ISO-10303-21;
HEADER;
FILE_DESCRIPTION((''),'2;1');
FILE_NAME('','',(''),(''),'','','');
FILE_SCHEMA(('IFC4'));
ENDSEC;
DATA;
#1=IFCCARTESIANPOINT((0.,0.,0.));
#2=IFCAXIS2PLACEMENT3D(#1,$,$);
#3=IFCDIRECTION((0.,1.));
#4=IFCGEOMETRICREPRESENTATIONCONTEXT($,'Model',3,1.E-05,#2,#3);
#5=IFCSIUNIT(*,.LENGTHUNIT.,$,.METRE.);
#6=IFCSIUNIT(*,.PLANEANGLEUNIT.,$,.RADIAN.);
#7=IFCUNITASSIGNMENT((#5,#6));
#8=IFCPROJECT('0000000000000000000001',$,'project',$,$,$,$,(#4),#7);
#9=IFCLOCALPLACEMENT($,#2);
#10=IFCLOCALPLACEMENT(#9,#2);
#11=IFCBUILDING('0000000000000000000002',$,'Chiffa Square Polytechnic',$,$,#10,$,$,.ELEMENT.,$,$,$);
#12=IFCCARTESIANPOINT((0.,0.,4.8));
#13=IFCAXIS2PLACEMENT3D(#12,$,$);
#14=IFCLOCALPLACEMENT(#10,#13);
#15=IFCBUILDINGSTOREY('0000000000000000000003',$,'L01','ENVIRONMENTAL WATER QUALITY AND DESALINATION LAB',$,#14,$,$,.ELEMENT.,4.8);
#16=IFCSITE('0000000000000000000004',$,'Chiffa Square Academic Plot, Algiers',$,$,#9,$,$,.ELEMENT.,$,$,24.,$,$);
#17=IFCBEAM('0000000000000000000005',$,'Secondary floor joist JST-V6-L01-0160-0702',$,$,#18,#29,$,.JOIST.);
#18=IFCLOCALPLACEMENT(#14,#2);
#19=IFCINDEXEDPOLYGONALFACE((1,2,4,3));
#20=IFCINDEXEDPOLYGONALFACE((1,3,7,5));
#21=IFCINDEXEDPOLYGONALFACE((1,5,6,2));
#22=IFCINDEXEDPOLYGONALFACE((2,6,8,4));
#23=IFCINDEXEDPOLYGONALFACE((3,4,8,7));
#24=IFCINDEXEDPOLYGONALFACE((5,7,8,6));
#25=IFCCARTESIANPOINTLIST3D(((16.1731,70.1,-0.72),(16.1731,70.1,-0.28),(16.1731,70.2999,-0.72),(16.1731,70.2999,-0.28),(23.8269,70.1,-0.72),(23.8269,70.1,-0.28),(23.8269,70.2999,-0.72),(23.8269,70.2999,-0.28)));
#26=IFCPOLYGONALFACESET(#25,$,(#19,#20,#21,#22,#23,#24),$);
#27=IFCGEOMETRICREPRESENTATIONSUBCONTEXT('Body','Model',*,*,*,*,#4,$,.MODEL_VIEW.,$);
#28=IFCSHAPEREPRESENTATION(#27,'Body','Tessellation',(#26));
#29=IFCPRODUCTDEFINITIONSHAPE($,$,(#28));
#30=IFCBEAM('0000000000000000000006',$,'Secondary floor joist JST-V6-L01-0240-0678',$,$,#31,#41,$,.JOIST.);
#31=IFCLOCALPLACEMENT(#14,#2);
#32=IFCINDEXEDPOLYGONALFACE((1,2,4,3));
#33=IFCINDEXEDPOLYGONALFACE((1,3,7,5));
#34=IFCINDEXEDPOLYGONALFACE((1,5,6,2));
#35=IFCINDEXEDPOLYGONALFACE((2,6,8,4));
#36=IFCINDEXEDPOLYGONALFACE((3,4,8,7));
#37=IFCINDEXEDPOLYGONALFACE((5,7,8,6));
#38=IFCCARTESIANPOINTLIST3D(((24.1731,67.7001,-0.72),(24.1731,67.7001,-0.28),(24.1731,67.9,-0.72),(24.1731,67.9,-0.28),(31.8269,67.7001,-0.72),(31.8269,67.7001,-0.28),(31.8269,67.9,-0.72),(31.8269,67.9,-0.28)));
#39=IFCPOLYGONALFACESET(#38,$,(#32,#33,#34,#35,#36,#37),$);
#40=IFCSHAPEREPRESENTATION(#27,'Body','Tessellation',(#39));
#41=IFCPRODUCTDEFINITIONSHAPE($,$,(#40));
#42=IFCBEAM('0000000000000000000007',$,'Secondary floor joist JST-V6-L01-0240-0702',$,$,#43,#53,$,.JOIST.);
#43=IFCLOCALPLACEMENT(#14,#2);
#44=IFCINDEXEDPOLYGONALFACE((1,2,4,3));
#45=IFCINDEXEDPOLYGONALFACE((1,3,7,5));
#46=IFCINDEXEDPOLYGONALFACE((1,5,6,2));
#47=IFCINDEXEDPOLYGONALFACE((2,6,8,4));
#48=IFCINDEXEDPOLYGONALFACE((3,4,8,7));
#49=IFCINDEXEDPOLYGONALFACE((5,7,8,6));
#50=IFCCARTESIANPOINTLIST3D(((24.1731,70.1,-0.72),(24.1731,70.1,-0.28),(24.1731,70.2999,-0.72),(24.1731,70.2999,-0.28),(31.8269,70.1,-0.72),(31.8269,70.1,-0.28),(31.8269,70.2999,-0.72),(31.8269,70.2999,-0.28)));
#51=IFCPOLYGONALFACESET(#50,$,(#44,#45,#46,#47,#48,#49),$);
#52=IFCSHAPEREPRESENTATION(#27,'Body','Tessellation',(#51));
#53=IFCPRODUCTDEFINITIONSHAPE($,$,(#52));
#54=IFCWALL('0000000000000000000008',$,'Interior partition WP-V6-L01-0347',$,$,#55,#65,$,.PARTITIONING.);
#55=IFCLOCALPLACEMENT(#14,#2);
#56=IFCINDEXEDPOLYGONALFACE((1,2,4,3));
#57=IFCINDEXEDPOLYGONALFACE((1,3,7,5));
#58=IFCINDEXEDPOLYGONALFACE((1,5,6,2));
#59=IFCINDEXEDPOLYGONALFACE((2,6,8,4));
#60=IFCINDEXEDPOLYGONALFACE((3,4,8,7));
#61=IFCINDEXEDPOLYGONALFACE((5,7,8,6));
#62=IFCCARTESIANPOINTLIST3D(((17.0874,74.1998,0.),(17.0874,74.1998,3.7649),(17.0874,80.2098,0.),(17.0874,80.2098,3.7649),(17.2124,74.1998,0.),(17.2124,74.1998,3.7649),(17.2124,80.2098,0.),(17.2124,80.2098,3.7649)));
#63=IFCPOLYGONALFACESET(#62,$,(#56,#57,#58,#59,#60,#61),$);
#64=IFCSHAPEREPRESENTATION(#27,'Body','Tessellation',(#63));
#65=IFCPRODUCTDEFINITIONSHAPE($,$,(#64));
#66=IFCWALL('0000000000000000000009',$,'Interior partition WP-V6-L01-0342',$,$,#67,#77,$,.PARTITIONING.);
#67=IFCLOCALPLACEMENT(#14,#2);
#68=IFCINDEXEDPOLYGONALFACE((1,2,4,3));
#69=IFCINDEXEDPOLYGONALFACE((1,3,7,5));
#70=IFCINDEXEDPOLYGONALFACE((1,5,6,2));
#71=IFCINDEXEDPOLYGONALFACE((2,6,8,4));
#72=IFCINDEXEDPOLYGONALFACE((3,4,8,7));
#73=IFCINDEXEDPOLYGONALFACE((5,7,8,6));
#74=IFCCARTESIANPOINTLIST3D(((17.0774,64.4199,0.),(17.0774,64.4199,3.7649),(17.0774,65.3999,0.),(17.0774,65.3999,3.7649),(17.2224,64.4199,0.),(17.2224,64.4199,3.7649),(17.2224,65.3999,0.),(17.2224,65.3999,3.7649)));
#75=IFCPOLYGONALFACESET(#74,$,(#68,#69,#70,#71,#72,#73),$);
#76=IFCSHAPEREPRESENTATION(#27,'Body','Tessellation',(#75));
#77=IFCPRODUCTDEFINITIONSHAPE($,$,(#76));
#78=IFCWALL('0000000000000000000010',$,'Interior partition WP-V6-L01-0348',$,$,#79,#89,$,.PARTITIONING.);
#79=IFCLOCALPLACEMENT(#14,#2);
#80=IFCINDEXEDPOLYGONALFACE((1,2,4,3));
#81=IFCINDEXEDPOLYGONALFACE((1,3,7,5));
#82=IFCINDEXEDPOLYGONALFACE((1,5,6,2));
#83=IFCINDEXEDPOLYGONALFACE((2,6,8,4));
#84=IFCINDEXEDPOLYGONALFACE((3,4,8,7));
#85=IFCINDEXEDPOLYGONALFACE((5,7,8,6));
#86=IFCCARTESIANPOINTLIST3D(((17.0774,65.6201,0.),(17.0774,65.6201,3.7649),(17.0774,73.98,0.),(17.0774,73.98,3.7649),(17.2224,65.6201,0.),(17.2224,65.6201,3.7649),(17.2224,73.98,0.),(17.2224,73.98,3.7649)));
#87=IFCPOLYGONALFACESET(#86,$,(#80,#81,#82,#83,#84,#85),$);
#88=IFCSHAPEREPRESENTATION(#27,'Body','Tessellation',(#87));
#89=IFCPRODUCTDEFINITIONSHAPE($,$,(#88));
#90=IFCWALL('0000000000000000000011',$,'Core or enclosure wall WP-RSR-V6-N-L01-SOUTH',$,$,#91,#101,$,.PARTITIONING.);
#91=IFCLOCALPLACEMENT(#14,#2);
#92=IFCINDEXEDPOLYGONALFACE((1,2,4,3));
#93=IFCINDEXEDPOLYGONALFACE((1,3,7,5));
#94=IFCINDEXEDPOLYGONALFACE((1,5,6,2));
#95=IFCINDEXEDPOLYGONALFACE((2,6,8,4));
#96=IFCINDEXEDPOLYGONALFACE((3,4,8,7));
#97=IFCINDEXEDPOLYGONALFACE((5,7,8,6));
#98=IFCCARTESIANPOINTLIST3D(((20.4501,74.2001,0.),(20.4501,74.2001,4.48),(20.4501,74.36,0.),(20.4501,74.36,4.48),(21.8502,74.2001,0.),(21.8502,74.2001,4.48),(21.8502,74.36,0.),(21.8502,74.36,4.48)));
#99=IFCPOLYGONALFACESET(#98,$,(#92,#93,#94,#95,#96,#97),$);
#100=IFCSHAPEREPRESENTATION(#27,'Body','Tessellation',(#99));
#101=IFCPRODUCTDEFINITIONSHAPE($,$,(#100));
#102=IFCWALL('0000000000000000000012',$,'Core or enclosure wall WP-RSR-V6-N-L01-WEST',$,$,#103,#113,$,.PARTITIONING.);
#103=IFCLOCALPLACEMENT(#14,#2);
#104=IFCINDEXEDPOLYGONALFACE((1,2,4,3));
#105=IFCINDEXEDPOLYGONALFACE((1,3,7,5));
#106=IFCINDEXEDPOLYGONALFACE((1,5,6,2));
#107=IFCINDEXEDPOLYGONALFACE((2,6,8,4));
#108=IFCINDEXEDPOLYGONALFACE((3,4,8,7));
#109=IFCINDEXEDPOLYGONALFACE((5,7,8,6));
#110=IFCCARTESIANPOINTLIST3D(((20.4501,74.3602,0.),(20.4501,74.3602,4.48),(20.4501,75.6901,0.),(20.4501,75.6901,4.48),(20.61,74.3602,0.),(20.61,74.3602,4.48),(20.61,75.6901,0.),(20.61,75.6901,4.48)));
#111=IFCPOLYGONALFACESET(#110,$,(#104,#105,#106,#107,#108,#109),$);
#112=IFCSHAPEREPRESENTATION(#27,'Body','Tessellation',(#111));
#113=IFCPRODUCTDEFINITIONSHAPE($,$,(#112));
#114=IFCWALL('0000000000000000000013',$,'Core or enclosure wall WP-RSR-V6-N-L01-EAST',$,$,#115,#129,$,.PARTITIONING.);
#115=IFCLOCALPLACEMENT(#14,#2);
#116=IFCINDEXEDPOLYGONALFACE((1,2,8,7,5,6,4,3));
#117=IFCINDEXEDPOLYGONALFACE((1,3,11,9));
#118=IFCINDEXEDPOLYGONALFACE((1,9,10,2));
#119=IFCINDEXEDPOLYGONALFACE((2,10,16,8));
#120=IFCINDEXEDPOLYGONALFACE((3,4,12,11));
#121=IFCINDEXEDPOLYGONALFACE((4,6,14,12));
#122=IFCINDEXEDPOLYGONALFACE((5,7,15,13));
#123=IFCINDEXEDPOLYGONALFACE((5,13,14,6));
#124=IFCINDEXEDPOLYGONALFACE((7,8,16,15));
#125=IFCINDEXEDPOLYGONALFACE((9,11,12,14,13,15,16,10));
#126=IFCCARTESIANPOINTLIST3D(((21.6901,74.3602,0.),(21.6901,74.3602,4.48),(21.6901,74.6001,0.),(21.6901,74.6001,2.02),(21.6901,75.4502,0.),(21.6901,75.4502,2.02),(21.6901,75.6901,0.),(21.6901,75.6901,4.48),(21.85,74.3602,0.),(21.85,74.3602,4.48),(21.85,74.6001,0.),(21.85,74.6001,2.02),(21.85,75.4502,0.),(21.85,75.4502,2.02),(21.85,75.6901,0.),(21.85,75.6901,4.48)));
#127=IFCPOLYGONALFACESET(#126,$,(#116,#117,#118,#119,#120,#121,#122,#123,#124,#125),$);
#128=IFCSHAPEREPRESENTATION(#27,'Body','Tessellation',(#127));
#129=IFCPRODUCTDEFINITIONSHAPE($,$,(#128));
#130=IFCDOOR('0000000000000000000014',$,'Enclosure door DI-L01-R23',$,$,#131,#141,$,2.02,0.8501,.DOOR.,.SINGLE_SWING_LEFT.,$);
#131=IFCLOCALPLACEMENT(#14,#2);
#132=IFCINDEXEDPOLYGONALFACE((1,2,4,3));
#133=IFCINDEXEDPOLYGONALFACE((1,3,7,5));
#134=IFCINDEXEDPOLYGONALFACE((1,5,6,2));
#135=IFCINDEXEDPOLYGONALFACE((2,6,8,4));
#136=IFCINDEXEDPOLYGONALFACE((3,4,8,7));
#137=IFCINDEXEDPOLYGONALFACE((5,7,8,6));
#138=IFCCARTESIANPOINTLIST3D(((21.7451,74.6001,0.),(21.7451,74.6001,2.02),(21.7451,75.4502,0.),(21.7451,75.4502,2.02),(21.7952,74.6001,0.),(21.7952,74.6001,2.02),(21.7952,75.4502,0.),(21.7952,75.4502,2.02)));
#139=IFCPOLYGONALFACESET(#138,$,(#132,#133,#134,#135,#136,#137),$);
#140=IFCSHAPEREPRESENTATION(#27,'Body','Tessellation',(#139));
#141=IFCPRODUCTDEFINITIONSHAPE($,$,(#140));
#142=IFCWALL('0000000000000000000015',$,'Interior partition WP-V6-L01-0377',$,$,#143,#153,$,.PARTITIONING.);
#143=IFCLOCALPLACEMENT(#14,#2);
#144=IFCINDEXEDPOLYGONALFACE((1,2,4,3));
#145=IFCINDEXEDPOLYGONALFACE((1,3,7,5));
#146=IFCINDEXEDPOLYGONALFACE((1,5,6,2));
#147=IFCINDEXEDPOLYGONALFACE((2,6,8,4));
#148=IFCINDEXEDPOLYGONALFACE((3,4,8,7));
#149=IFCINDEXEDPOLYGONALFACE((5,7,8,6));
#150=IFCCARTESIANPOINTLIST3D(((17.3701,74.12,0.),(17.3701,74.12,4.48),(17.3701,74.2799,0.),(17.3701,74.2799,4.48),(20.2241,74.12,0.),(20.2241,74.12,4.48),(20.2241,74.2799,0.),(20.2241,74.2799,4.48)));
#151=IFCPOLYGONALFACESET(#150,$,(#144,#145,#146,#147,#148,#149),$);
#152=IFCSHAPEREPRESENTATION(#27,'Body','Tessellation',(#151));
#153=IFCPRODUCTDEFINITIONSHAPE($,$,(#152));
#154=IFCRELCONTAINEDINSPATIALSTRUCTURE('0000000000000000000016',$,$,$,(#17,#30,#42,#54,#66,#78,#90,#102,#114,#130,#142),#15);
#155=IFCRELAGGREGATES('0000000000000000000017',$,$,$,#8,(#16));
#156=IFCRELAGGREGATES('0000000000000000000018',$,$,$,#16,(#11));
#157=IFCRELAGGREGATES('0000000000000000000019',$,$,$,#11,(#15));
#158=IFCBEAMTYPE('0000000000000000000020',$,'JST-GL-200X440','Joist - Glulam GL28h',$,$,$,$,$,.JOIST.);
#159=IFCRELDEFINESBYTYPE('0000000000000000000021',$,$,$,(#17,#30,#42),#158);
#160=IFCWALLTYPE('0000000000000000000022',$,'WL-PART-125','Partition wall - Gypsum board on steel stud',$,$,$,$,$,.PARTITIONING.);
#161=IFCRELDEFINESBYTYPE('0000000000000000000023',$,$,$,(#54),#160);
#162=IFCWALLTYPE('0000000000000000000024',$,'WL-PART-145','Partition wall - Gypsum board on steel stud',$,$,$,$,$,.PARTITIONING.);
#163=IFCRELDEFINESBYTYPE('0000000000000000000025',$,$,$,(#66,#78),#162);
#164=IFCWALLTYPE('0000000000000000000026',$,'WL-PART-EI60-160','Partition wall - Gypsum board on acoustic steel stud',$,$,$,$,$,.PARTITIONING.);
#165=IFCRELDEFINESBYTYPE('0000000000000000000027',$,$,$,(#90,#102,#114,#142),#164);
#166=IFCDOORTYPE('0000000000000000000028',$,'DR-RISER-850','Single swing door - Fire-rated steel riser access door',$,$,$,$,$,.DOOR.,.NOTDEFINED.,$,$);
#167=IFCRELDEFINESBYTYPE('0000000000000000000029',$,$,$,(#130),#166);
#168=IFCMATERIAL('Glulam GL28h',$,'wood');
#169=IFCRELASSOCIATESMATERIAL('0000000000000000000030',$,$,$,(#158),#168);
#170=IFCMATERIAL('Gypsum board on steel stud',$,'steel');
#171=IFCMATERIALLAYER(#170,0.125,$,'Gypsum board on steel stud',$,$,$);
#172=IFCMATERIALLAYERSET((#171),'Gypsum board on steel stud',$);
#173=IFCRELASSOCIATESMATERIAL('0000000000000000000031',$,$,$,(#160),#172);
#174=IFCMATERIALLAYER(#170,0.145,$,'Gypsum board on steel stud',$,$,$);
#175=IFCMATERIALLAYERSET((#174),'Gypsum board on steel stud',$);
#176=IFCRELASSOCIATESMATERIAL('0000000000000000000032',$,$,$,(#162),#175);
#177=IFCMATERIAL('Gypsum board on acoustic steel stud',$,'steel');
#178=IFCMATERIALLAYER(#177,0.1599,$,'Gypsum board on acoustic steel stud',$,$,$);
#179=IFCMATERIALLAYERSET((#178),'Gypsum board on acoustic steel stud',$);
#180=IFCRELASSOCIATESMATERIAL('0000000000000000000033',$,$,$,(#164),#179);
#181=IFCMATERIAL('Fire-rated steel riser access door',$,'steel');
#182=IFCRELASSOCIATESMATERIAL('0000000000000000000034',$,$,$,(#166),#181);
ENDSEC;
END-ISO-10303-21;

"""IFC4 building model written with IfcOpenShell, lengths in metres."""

from ifc_helpers import new_model, si_unit, direction, frame, frame_2d, origin, origin_2d, place, context, subcontext, project, spatial, rectangle, extrude, material, layer, layer_set, material_profile, profile_set, type_object, element, fill, save


model = new_model("IFC4")

# Units and contexts
model_context = context("Model", 3, precision=1e-05, world=origin(), true_north=direction((0.0, 1.0)))
body_context = subcontext(model_context, "Body", "Model", "MODEL_VIEW")
ifc_project = project(units=[si_unit("LENGTHUNIT", "METRE"), si_unit("PLANEANGLEUNIT", "RADIAN")], contexts=[model_context])

# Site, building, storey
site_placement = place(None, origin())
site = spatial("IfcSite", under=ifc_project, at=site_placement, Name="Chiffa Square Academic Plot, Algiers", CompositionType="ELEMENT", RefElevation=24.0)
building_placement = place(site_placement, origin())
building = spatial("IfcBuilding", under=site, at=building_placement, Name="Chiffa Square Polytechnic", CompositionType="ELEMENT")
storey_placement = place(building_placement, frame((0.0, 0.0, 4.8)))
storey = spatial("IfcBuildingStorey", under=building, at=storey_placement, Name="L01", Description="ENVIRONMENTAL WATER QUALITY AND DESALINATION LAB", CompositionType="ELEMENT", Elevation=4.8)

# Beams
ifc_material_1 = material(Name="Glulam GL28h", Category="wood")
ifc_material_profile_1 = material_profile(ifc_material_1, rectangle(XDim=0.2, YDim=0.4399, at=origin_2d()), Name="GL28h 200x440")
ifc_profile_set_1 = profile_set([ifc_material_profile_1], Name="Glulam GL28h")
beam_type_1 = type_object("IfcBeamType", Name="JST-GL-200X440", Description="Joist - Glulam GL28h", PredefinedType="JOIST", material=ifc_profile_set_1)
for number, where, z_axis, x_axis, name in (
    (1, (16.1731, 70.2, -0.5), (1.0, 0.0, 0.0), (0.0, 1.0, 0.0), "Secondary floor joist JST-V6-L01-0160-0702"),
    (2, (24.1731, 67.8, -0.5), (1.0, 0.0, 0.0), (0.0, 1.0, 0.0), "Secondary floor joist JST-V6-L01-0240-0678"),
    (3, (24.1731, 70.2, -0.5), (1.0, 0.0, 0.0), (0.0, 1.0, 0.0), "Secondary floor joist JST-V6-L01-0240-0702"),
):
    element("IfcBeam", number, at=place(storey_placement, frame(where, z_axis=z_axis, x_axis=x_axis)), inside=storey, type_object=beam_type_1, Name=name, PredefinedType="JOIST", context=body_context, shape_type="SweptSolid", body=[
        extrude(rectangle(XDim=0.2, YDim=0.4399, at=origin_2d()), origin(), (0.0, 0.0, 1.0), 7.6538),
    ])

# Walls
ifc_material_2 = material(Name="Gypsum board on steel stud", Category="steel")
ifc_layer_1 = layer(ifc_material_2, 0.125, Name="Gypsum board on steel stud")
ifc_layer_set_1 = layer_set([ifc_layer_1], Name="Gypsum board on steel stud")
wall_type_1 = type_object("IfcWallType", Name="WL-PART-125", Description="Partition wall - Gypsum board on steel stud", PredefinedType="PARTITIONING", material=ifc_layer_set_1)
wall_1_placement = place(storey_placement, frame((17.1499, 74.2, 0.0), z_axis=(0.0, 0.0, 1.0), x_axis=(0.0, 1.0, 0.0)))
element("IfcWall", 4, at=wall_1_placement, inside=storey, type_object=wall_type_1, Name="Interior partition WP-V6-L01-0347", PredefinedType="PARTITIONING", context=body_context, shape_type="SweptSolid", body=[
    extrude(rectangle(XDim=6.01, YDim=0.125, at=frame_2d((3.0049, 0.0))), origin(), (0.0, 0.0, 1.0), 3.7649),
])
ifc_layer_2 = layer(ifc_material_2, 0.145, Name="Gypsum board on steel stud")
ifc_layer_set_2 = layer_set([ifc_layer_2], Name="Gypsum board on steel stud")
wall_type_2 = type_object("IfcWallType", Name="WL-PART-145", Description="Partition wall - Gypsum board on steel stud", PredefinedType="PARTITIONING", material=ifc_layer_set_2)
wall_2_placement = place(storey_placement, frame((17.1499, 64.4199, 0.0), z_axis=(0.0, 0.0, 1.0), x_axis=(0.0, 1.0, 0.0)))
element("IfcWall", 5, at=wall_2_placement, inside=storey, type_object=wall_type_2, Name="Interior partition WP-V6-L01-0342", PredefinedType="PARTITIONING", context=body_context, shape_type="SweptSolid", body=[
    extrude(rectangle(XDim=0.98, YDim=0.145, at=frame_2d((0.49, 0.0))), origin(), (0.0, 0.0, 1.0), 3.7649),
])
wall_3_placement = place(storey_placement, frame((17.1499, 65.6201, 0.0), z_axis=(0.0, 0.0, 1.0), x_axis=(0.0, 1.0, 0.0)))
element("IfcWall", 6, at=wall_3_placement, inside=storey, type_object=wall_type_2, Name="Interior partition WP-V6-L01-0348", PredefinedType="PARTITIONING", context=body_context, shape_type="SweptSolid", body=[
    extrude(rectangle(XDim=8.3599, YDim=0.145, at=frame_2d((4.1799, 0.0))), origin(), (0.0, 0.0, 1.0), 3.7649),
])
ifc_material_3 = material(Name="Gypsum board on acoustic steel stud", Category="steel")
ifc_layer_3 = layer(ifc_material_3, 0.1599, Name="Gypsum board on acoustic steel stud")
ifc_layer_set_3 = layer_set([ifc_layer_3], Name="Gypsum board on acoustic steel stud")
wall_type_3 = type_object("IfcWallType", Name="WL-PART-EI60-160", Description="Partition wall - Gypsum board on acoustic steel stud", PredefinedType="PARTITIONING", material=ifc_layer_set_3)
wall_4_placement = place(storey_placement, frame((20.45, 74.28, 0.0), z_axis=(0.0, 0.0, 1.0), x_axis=(1.0, 0.0, 0.0)))
element("IfcWall", 7, at=wall_4_placement, inside=storey, type_object=wall_type_3, Name="Core or enclosure wall WP-RSR-V6-N-L01-SOUTH", PredefinedType="PARTITIONING", context=body_context, shape_type="SweptSolid", body=[
    extrude(rectangle(XDim=1.4001, YDim=0.1599, at=frame_2d((0.7002, 0.0))), origin(), (0.0, 0.0, 1.0), 4.48),
])
wall_5_placement = place(storey_placement, frame((20.53, 74.3601, 0.0), z_axis=(0.0, 0.0, 1.0), x_axis=(0.0, 1.0, 0.0)))
element("IfcWall", 8, at=wall_5_placement, inside=storey, type_object=wall_type_3, Name="Core or enclosure wall WP-RSR-V6-N-L01-WEST", PredefinedType="PARTITIONING", context=body_context, shape_type="SweptSolid", body=[
    extrude(rectangle(XDim=1.3298, YDim=0.1599, at=frame_2d((0.665, 0.0))), origin(), (0.0, 0.0, 1.0), 4.48),
])

# Wall, opening, door
wall_6_placement = place(storey_placement, frame((21.77, 74.3601, 0.0), z_axis=(0.0, 0.0, 1.0), x_axis=(0.0, 1.0, 0.0)))
wall_6 = element("IfcWall", 9, at=wall_6_placement, inside=storey, type_object=wall_type_3, Name="Core or enclosure wall WP-RSR-V6-N-L01-EAST", PredefinedType="PARTITIONING", context=body_context, shape_type="SweptSolid", body=[
    extrude(rectangle(XDim=1.3298, YDim=0.1599, at=frame_2d((0.665, 0.0))), origin(), (0.0, 0.0, 1.0), 4.48),
])
opening_placement = place(wall_6_placement, frame((0.24, 0.0, 0.0)))
opening = element("IfcOpeningElement", 10, at=opening_placement, cuts=wall_6, PredefinedType="OPENING", context=body_context, shape_type="SweptSolid", body=[
    extrude(rectangle(XDim=0.8501, YDim=2.02, at=frame_2d((0.425, 1.01))), frame((0.0, 0.0898, 0.0), z_axis=(0.0, -1.0, 0.0), x_axis=(1.0, 0.0, 0.0)), (0.0, 0.0, 1.0), 0.1799),
])
ifc_material_4 = material(Name="Fire-rated steel riser access door", Category="steel")
door_type = type_object("IfcDoorType", Name="DR-RISER-850", Description="Single swing door - Fire-rated steel riser access door", OperationType="NOTDEFINED", PredefinedType="DOOR", material=ifc_material_4)
door_placement = place(opening_placement, origin())
door = element("IfcDoor", 11, at=door_placement, inside=storey, type_object=door_type, Name="Enclosure door DI-L01-R23", OperationType="SINGLE_SWING_LEFT", OverallHeight=2.02, OverallWidth=0.8501, PredefinedType="DOOR", context=body_context, shape_type="SweptSolid", body=[
    extrude(rectangle(XDim=0.8501, YDim=2.02, at=frame_2d((0.425, 1.01))), frame((0.0, 0.0249, 0.0), z_axis=(0.0, -1.0, 0.0), x_axis=(1.0, 0.0, 0.0)), (0.0, 0.0, 1.0), 0.05),
])
fill(opening, door)

# Wall
wall_7_placement = place(storey_placement, frame((17.3701, 74.2, 0.0), z_axis=(0.0, 0.0, 1.0), x_axis=(1.0, 0.0, 0.0)))
element("IfcWall", 12, at=wall_7_placement, inside=storey, type_object=wall_type_3, Name="Interior partition WP-V6-L01-0377", PredefinedType="PARTITIONING", context=body_context, shape_type="SweptSolid", body=[
    extrude(rectangle(XDim=2.854, YDim=0.1599, at=frame_2d((1.427, 0.0))), origin(), (0.0, 0.0, 1.0), 4.48),
])

save(model, "model.ifc")
